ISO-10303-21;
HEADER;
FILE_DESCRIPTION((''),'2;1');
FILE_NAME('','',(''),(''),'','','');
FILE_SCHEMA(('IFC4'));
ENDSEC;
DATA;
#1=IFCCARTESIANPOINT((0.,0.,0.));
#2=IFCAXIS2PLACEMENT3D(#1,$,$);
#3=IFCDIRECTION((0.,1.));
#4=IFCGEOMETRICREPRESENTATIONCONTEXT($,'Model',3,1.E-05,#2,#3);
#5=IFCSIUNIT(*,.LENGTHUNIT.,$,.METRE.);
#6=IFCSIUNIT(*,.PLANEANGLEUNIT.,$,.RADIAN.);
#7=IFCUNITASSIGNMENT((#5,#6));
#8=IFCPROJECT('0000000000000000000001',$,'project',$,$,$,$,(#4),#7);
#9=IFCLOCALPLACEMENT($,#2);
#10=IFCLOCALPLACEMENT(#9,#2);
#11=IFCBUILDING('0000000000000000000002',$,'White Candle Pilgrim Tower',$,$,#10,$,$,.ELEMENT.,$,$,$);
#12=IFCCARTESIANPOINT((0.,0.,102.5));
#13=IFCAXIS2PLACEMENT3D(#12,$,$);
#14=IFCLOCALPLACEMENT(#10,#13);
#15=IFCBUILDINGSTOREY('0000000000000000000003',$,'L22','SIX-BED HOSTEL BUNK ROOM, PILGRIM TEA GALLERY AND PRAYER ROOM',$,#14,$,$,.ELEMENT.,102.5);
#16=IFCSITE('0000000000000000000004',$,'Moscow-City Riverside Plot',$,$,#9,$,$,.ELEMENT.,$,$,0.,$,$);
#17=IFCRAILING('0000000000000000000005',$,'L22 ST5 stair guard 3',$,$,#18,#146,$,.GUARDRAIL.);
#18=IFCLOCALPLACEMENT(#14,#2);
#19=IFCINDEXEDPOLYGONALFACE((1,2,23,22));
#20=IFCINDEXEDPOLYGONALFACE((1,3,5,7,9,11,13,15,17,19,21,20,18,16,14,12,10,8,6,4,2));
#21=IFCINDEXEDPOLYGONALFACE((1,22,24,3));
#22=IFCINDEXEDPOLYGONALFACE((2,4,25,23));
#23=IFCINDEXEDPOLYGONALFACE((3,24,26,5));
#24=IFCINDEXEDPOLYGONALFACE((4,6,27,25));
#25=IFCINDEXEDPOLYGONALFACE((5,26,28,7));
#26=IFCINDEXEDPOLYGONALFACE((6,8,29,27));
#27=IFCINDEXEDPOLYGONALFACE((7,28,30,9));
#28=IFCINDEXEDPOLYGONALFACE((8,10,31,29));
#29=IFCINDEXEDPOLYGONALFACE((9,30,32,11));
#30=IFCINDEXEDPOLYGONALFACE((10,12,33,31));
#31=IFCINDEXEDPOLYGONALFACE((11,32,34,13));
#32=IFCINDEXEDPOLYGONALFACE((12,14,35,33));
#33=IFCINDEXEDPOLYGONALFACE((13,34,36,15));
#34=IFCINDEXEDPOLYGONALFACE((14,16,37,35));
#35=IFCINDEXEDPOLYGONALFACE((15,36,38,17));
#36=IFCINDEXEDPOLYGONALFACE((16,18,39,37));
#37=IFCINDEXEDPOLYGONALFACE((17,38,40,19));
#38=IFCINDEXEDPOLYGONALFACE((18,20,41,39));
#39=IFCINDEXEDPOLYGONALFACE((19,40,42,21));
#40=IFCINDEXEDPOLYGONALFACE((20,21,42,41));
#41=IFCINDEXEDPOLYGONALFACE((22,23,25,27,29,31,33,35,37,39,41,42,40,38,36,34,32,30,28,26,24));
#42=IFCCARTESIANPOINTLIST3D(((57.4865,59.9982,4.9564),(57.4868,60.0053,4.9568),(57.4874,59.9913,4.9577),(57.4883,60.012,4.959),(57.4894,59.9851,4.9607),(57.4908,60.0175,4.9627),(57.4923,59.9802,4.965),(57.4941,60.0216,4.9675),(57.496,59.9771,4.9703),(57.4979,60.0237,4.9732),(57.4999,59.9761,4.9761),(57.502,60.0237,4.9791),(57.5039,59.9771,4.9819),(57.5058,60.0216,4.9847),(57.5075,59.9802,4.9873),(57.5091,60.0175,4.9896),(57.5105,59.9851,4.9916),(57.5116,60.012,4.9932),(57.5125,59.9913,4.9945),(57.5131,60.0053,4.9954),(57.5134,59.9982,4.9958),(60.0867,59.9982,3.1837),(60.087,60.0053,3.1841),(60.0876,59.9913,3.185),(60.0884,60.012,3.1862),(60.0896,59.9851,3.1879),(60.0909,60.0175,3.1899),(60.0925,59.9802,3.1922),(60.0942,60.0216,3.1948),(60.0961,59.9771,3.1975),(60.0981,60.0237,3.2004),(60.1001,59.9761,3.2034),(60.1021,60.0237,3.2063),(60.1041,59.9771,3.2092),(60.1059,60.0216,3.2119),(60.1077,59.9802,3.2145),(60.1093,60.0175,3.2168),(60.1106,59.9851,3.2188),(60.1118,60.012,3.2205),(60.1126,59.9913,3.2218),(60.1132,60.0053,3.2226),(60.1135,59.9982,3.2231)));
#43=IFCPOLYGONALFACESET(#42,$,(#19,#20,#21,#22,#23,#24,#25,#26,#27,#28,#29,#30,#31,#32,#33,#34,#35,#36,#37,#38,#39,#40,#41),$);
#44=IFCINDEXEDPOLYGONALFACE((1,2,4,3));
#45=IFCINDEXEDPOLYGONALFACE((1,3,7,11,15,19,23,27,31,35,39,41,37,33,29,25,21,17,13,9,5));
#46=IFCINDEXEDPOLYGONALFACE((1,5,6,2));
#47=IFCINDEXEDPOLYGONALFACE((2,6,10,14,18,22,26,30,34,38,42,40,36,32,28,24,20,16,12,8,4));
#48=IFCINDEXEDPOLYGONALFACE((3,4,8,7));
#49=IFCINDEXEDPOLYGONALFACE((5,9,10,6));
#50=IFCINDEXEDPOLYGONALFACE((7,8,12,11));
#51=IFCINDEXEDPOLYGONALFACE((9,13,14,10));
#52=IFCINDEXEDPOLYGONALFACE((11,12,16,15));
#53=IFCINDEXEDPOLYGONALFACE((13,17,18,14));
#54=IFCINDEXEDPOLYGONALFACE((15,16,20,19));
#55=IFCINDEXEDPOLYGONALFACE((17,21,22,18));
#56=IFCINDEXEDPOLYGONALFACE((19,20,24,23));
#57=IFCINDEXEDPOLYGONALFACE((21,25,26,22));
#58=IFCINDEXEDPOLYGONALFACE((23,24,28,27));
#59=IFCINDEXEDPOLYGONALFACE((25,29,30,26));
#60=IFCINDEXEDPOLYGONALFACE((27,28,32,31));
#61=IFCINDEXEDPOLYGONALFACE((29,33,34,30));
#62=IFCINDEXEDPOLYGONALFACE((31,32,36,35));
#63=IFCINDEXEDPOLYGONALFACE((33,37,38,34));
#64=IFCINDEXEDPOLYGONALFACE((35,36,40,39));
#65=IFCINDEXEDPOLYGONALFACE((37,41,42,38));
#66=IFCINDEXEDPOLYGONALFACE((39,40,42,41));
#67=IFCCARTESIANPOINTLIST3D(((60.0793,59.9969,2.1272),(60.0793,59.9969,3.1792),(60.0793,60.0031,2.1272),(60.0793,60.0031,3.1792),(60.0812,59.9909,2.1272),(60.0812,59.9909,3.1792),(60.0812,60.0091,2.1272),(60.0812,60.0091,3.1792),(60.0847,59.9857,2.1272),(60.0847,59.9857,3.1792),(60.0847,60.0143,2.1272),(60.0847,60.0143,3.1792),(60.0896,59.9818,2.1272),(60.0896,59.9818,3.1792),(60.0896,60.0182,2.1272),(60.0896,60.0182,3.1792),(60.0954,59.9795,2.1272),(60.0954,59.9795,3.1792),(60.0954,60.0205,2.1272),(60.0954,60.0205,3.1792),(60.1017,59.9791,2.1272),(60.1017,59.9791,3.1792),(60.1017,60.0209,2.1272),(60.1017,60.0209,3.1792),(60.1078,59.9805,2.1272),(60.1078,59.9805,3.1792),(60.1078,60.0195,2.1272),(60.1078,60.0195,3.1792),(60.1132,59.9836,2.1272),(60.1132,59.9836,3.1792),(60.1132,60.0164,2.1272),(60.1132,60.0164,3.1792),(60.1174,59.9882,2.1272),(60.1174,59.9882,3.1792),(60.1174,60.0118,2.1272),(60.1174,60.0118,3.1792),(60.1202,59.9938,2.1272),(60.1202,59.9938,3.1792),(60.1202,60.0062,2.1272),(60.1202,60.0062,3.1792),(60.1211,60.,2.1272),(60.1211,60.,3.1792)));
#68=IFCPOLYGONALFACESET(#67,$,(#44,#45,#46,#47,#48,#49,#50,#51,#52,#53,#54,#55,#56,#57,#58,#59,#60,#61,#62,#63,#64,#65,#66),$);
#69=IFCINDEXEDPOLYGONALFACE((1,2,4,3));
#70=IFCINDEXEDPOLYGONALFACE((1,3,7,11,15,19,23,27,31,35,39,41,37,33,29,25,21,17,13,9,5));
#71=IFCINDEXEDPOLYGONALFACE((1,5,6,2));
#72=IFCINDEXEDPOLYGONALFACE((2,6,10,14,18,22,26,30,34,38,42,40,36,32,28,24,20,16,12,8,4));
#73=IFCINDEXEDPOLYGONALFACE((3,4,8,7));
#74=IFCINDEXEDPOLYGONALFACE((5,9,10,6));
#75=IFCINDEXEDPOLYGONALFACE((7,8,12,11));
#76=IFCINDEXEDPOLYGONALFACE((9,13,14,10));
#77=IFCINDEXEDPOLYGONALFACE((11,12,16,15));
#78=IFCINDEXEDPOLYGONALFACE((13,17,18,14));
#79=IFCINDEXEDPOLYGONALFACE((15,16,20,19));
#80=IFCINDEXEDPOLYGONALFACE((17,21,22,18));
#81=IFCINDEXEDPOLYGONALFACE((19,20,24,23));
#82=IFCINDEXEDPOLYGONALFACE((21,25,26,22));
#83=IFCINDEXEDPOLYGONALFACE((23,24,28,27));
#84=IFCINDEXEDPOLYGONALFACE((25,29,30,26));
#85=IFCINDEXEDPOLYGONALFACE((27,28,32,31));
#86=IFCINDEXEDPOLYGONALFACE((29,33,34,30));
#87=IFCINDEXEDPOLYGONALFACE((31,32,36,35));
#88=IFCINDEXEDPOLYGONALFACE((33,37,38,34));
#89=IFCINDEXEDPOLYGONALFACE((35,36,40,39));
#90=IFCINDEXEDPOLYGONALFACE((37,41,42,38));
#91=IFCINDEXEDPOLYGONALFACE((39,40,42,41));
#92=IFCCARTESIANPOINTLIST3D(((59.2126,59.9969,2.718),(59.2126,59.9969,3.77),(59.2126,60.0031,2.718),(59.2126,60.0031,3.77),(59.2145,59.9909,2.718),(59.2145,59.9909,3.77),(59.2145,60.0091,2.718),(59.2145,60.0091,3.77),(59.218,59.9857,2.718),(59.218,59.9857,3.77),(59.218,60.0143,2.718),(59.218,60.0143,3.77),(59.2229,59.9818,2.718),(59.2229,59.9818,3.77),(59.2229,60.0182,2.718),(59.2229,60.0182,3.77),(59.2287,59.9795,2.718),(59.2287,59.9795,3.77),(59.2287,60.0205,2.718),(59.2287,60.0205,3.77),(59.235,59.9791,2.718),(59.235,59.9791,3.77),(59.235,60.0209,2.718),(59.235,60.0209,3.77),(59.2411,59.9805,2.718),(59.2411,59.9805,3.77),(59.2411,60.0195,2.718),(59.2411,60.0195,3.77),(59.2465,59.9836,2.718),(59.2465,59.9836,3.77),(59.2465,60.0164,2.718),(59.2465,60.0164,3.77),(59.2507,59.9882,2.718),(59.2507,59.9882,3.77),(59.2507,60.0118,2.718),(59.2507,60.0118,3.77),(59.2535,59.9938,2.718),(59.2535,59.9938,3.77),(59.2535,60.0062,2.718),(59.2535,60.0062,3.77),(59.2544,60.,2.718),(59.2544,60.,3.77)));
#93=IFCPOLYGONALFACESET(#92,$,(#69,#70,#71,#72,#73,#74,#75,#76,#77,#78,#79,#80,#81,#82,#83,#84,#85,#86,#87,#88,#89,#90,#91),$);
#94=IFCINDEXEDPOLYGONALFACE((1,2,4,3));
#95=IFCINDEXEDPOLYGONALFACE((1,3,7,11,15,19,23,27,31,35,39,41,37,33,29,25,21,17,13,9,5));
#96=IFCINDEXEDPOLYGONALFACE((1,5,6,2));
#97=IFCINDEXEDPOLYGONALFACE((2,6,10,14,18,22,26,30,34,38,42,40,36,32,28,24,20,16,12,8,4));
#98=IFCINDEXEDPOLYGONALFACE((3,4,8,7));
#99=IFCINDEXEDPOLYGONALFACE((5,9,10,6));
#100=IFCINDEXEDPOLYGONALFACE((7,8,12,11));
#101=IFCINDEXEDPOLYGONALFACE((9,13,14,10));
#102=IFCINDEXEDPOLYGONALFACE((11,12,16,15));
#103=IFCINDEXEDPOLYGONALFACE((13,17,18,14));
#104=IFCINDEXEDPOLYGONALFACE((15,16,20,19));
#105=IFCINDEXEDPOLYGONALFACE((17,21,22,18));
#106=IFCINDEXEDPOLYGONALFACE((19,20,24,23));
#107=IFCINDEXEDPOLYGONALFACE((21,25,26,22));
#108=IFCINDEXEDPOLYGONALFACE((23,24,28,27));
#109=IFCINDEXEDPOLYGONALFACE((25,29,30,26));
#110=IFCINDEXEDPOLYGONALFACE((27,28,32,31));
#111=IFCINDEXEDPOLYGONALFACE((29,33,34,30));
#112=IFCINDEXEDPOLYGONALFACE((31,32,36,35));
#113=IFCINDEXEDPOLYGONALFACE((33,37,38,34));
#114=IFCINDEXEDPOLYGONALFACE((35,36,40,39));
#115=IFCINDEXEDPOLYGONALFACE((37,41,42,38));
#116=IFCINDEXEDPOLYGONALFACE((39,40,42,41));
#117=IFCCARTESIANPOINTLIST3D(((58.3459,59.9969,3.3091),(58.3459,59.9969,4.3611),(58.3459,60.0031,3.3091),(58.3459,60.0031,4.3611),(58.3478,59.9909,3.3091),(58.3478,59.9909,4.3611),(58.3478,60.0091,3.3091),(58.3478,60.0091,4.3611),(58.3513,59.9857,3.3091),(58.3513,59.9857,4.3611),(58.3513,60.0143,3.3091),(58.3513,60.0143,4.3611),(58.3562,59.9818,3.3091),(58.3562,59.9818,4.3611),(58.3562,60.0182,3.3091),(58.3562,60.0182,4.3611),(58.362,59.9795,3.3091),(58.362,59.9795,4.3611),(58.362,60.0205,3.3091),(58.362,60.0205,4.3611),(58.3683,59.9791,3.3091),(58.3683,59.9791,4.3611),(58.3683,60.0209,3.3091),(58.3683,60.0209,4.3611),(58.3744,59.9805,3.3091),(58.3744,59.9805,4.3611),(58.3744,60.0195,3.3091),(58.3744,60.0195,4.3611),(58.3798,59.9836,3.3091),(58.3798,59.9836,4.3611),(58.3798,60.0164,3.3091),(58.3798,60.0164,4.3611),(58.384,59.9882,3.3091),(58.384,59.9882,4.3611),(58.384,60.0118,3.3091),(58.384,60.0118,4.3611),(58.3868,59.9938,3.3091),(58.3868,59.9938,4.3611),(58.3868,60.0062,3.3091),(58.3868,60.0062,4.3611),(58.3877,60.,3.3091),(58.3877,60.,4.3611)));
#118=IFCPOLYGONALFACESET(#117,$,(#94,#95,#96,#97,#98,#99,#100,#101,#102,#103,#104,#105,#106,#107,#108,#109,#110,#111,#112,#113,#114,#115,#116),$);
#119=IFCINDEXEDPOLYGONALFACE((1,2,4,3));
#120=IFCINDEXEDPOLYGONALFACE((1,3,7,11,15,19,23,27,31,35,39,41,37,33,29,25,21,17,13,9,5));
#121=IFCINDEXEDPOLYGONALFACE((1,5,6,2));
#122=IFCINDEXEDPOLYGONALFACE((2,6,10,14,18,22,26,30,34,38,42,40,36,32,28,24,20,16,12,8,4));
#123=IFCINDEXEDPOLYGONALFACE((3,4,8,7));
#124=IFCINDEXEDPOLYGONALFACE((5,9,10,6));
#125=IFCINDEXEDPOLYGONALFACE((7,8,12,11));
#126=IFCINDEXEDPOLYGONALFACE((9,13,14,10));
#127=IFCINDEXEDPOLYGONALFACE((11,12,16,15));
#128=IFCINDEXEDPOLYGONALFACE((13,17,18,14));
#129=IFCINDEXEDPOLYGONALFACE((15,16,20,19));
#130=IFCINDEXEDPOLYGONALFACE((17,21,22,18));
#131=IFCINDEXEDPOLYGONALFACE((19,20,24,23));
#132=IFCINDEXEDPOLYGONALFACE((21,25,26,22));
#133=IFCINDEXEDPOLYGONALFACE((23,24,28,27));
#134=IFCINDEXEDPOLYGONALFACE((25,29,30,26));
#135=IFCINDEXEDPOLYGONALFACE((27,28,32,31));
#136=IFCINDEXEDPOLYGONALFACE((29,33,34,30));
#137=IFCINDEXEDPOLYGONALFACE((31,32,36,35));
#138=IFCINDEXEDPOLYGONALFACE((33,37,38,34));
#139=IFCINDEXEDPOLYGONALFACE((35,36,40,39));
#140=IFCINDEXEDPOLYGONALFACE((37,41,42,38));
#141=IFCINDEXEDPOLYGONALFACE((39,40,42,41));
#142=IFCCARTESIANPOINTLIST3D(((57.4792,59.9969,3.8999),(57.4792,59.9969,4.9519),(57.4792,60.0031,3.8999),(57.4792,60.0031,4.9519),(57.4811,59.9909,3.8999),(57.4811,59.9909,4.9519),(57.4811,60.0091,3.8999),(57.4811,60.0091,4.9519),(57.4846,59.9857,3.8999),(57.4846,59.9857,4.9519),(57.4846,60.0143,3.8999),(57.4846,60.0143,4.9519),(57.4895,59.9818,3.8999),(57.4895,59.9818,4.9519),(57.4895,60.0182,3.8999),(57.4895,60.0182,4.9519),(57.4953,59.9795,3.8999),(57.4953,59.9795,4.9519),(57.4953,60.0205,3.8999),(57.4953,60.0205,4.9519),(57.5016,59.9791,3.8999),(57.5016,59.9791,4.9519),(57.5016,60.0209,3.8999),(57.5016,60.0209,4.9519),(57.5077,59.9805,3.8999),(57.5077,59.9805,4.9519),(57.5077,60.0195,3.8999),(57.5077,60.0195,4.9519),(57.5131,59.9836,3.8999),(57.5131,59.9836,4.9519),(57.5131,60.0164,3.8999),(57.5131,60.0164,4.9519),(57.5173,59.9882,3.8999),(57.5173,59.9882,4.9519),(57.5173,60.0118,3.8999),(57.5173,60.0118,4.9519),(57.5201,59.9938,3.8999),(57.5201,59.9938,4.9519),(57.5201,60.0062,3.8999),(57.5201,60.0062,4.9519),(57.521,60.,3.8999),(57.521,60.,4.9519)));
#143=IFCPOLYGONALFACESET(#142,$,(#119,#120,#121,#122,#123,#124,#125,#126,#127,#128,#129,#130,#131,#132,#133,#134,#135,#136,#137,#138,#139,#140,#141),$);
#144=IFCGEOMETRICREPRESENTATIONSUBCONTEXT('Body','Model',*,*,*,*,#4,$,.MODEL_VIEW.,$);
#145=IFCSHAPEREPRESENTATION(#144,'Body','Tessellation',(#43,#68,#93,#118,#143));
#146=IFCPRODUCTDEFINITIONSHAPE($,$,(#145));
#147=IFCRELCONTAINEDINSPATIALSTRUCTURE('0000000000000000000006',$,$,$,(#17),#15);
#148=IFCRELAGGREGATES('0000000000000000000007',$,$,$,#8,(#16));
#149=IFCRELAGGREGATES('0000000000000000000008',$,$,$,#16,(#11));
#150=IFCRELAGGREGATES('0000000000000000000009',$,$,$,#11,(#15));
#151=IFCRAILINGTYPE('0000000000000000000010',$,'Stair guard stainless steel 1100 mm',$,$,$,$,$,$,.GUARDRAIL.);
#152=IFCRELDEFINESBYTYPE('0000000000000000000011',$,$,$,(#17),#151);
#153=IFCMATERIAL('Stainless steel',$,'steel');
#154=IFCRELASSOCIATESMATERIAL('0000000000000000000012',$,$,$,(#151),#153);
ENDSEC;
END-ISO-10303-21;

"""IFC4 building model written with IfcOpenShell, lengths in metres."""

from ifc_helpers import new_model, si_unit, direction, frame, origin, origin_2d, place, context, subcontext, project, spatial, circle, extrude, material, type_object, element, save


model = new_model("IFC4")

# Units and contexts
model_context = context("Model", 3, precision=1e-05, world=origin(), true_north=direction((0.0, 1.0)))
body_context = subcontext(model_context, "Body", "Model", "MODEL_VIEW")
ifc_project = project(units=[si_unit("LENGTHUNIT", "METRE"), si_unit("PLANEANGLEUNIT", "RADIAN")], contexts=[model_context])

# Site, building, storey
site_placement = place(None, origin())
site = spatial("IfcSite", under=ifc_project, at=site_placement, Name="Moscow-City Riverside Plot", CompositionType="ELEMENT", RefElevation=0.0)
building_placement = place(site_placement, origin())
building = spatial("IfcBuilding", under=site, at=building_placement, Name="White Candle Pilgrim Tower", CompositionType="ELEMENT")
storey_placement = place(building_placement, frame((0.0, 0.0, 102.5)))
storey = spatial("IfcBuildingStorey", under=building, at=storey_placement, Name="L22", Description="SIX-BED HOSTEL BUNK ROOM, PILGRIM TEA GALLERY AND PRAYER ROOM", CompositionType="ELEMENT", Elevation=102.5)

# Railing
ifc_material_1 = material(Name="Stainless steel", Category="steel")
railing_type_1 = type_object("IfcRailingType", Name="Stair guard stainless steel 1100 mm", PredefinedType="GUARDRAIL", material=ifc_material_1)
railing_1_placement = place(storey_placement, frame((60.1001, 60.0, 2.1272)))
element("IfcRailing", 1, at=railing_1_placement, inside=storey, type_object=railing_type_1, Name="L22 ST5 stair guard 3", PredefinedType="GUARDRAIL", context=body_context, shape_type="SweptSolid", body=[
    extrude(circle(Radius=0.0239, at=origin_2d()), frame((0.0, 0.0, 1.0762), z_axis=(-0.82624, 0.0, 0.563318), x_axis=(0.0, -1.0, 0.0)), (0.0, 0.0, 1.0), 3.147),
    extrude(circle(Radius=0.021, at=origin_2d()), origin(), (0.0, 0.0, 1.0), 1.052),
    extrude(circle(Radius=0.021, at=origin_2d()), frame((-0.8667, 0.0, 0.5908)), (0.0, 0.0, 1.0), 1.052),
    extrude(circle(Radius=0.021, at=origin_2d()), frame((-1.7334, 0.0, 1.1819)), (0.0, 0.0, 1.0), 1.052),
    extrude(circle(Radius=0.021, at=origin_2d()), frame((-2.6001, 0.0, 1.7727)), (0.0, 0.0, 1.0), 1.052),
])

save(model, "model.ifc")
